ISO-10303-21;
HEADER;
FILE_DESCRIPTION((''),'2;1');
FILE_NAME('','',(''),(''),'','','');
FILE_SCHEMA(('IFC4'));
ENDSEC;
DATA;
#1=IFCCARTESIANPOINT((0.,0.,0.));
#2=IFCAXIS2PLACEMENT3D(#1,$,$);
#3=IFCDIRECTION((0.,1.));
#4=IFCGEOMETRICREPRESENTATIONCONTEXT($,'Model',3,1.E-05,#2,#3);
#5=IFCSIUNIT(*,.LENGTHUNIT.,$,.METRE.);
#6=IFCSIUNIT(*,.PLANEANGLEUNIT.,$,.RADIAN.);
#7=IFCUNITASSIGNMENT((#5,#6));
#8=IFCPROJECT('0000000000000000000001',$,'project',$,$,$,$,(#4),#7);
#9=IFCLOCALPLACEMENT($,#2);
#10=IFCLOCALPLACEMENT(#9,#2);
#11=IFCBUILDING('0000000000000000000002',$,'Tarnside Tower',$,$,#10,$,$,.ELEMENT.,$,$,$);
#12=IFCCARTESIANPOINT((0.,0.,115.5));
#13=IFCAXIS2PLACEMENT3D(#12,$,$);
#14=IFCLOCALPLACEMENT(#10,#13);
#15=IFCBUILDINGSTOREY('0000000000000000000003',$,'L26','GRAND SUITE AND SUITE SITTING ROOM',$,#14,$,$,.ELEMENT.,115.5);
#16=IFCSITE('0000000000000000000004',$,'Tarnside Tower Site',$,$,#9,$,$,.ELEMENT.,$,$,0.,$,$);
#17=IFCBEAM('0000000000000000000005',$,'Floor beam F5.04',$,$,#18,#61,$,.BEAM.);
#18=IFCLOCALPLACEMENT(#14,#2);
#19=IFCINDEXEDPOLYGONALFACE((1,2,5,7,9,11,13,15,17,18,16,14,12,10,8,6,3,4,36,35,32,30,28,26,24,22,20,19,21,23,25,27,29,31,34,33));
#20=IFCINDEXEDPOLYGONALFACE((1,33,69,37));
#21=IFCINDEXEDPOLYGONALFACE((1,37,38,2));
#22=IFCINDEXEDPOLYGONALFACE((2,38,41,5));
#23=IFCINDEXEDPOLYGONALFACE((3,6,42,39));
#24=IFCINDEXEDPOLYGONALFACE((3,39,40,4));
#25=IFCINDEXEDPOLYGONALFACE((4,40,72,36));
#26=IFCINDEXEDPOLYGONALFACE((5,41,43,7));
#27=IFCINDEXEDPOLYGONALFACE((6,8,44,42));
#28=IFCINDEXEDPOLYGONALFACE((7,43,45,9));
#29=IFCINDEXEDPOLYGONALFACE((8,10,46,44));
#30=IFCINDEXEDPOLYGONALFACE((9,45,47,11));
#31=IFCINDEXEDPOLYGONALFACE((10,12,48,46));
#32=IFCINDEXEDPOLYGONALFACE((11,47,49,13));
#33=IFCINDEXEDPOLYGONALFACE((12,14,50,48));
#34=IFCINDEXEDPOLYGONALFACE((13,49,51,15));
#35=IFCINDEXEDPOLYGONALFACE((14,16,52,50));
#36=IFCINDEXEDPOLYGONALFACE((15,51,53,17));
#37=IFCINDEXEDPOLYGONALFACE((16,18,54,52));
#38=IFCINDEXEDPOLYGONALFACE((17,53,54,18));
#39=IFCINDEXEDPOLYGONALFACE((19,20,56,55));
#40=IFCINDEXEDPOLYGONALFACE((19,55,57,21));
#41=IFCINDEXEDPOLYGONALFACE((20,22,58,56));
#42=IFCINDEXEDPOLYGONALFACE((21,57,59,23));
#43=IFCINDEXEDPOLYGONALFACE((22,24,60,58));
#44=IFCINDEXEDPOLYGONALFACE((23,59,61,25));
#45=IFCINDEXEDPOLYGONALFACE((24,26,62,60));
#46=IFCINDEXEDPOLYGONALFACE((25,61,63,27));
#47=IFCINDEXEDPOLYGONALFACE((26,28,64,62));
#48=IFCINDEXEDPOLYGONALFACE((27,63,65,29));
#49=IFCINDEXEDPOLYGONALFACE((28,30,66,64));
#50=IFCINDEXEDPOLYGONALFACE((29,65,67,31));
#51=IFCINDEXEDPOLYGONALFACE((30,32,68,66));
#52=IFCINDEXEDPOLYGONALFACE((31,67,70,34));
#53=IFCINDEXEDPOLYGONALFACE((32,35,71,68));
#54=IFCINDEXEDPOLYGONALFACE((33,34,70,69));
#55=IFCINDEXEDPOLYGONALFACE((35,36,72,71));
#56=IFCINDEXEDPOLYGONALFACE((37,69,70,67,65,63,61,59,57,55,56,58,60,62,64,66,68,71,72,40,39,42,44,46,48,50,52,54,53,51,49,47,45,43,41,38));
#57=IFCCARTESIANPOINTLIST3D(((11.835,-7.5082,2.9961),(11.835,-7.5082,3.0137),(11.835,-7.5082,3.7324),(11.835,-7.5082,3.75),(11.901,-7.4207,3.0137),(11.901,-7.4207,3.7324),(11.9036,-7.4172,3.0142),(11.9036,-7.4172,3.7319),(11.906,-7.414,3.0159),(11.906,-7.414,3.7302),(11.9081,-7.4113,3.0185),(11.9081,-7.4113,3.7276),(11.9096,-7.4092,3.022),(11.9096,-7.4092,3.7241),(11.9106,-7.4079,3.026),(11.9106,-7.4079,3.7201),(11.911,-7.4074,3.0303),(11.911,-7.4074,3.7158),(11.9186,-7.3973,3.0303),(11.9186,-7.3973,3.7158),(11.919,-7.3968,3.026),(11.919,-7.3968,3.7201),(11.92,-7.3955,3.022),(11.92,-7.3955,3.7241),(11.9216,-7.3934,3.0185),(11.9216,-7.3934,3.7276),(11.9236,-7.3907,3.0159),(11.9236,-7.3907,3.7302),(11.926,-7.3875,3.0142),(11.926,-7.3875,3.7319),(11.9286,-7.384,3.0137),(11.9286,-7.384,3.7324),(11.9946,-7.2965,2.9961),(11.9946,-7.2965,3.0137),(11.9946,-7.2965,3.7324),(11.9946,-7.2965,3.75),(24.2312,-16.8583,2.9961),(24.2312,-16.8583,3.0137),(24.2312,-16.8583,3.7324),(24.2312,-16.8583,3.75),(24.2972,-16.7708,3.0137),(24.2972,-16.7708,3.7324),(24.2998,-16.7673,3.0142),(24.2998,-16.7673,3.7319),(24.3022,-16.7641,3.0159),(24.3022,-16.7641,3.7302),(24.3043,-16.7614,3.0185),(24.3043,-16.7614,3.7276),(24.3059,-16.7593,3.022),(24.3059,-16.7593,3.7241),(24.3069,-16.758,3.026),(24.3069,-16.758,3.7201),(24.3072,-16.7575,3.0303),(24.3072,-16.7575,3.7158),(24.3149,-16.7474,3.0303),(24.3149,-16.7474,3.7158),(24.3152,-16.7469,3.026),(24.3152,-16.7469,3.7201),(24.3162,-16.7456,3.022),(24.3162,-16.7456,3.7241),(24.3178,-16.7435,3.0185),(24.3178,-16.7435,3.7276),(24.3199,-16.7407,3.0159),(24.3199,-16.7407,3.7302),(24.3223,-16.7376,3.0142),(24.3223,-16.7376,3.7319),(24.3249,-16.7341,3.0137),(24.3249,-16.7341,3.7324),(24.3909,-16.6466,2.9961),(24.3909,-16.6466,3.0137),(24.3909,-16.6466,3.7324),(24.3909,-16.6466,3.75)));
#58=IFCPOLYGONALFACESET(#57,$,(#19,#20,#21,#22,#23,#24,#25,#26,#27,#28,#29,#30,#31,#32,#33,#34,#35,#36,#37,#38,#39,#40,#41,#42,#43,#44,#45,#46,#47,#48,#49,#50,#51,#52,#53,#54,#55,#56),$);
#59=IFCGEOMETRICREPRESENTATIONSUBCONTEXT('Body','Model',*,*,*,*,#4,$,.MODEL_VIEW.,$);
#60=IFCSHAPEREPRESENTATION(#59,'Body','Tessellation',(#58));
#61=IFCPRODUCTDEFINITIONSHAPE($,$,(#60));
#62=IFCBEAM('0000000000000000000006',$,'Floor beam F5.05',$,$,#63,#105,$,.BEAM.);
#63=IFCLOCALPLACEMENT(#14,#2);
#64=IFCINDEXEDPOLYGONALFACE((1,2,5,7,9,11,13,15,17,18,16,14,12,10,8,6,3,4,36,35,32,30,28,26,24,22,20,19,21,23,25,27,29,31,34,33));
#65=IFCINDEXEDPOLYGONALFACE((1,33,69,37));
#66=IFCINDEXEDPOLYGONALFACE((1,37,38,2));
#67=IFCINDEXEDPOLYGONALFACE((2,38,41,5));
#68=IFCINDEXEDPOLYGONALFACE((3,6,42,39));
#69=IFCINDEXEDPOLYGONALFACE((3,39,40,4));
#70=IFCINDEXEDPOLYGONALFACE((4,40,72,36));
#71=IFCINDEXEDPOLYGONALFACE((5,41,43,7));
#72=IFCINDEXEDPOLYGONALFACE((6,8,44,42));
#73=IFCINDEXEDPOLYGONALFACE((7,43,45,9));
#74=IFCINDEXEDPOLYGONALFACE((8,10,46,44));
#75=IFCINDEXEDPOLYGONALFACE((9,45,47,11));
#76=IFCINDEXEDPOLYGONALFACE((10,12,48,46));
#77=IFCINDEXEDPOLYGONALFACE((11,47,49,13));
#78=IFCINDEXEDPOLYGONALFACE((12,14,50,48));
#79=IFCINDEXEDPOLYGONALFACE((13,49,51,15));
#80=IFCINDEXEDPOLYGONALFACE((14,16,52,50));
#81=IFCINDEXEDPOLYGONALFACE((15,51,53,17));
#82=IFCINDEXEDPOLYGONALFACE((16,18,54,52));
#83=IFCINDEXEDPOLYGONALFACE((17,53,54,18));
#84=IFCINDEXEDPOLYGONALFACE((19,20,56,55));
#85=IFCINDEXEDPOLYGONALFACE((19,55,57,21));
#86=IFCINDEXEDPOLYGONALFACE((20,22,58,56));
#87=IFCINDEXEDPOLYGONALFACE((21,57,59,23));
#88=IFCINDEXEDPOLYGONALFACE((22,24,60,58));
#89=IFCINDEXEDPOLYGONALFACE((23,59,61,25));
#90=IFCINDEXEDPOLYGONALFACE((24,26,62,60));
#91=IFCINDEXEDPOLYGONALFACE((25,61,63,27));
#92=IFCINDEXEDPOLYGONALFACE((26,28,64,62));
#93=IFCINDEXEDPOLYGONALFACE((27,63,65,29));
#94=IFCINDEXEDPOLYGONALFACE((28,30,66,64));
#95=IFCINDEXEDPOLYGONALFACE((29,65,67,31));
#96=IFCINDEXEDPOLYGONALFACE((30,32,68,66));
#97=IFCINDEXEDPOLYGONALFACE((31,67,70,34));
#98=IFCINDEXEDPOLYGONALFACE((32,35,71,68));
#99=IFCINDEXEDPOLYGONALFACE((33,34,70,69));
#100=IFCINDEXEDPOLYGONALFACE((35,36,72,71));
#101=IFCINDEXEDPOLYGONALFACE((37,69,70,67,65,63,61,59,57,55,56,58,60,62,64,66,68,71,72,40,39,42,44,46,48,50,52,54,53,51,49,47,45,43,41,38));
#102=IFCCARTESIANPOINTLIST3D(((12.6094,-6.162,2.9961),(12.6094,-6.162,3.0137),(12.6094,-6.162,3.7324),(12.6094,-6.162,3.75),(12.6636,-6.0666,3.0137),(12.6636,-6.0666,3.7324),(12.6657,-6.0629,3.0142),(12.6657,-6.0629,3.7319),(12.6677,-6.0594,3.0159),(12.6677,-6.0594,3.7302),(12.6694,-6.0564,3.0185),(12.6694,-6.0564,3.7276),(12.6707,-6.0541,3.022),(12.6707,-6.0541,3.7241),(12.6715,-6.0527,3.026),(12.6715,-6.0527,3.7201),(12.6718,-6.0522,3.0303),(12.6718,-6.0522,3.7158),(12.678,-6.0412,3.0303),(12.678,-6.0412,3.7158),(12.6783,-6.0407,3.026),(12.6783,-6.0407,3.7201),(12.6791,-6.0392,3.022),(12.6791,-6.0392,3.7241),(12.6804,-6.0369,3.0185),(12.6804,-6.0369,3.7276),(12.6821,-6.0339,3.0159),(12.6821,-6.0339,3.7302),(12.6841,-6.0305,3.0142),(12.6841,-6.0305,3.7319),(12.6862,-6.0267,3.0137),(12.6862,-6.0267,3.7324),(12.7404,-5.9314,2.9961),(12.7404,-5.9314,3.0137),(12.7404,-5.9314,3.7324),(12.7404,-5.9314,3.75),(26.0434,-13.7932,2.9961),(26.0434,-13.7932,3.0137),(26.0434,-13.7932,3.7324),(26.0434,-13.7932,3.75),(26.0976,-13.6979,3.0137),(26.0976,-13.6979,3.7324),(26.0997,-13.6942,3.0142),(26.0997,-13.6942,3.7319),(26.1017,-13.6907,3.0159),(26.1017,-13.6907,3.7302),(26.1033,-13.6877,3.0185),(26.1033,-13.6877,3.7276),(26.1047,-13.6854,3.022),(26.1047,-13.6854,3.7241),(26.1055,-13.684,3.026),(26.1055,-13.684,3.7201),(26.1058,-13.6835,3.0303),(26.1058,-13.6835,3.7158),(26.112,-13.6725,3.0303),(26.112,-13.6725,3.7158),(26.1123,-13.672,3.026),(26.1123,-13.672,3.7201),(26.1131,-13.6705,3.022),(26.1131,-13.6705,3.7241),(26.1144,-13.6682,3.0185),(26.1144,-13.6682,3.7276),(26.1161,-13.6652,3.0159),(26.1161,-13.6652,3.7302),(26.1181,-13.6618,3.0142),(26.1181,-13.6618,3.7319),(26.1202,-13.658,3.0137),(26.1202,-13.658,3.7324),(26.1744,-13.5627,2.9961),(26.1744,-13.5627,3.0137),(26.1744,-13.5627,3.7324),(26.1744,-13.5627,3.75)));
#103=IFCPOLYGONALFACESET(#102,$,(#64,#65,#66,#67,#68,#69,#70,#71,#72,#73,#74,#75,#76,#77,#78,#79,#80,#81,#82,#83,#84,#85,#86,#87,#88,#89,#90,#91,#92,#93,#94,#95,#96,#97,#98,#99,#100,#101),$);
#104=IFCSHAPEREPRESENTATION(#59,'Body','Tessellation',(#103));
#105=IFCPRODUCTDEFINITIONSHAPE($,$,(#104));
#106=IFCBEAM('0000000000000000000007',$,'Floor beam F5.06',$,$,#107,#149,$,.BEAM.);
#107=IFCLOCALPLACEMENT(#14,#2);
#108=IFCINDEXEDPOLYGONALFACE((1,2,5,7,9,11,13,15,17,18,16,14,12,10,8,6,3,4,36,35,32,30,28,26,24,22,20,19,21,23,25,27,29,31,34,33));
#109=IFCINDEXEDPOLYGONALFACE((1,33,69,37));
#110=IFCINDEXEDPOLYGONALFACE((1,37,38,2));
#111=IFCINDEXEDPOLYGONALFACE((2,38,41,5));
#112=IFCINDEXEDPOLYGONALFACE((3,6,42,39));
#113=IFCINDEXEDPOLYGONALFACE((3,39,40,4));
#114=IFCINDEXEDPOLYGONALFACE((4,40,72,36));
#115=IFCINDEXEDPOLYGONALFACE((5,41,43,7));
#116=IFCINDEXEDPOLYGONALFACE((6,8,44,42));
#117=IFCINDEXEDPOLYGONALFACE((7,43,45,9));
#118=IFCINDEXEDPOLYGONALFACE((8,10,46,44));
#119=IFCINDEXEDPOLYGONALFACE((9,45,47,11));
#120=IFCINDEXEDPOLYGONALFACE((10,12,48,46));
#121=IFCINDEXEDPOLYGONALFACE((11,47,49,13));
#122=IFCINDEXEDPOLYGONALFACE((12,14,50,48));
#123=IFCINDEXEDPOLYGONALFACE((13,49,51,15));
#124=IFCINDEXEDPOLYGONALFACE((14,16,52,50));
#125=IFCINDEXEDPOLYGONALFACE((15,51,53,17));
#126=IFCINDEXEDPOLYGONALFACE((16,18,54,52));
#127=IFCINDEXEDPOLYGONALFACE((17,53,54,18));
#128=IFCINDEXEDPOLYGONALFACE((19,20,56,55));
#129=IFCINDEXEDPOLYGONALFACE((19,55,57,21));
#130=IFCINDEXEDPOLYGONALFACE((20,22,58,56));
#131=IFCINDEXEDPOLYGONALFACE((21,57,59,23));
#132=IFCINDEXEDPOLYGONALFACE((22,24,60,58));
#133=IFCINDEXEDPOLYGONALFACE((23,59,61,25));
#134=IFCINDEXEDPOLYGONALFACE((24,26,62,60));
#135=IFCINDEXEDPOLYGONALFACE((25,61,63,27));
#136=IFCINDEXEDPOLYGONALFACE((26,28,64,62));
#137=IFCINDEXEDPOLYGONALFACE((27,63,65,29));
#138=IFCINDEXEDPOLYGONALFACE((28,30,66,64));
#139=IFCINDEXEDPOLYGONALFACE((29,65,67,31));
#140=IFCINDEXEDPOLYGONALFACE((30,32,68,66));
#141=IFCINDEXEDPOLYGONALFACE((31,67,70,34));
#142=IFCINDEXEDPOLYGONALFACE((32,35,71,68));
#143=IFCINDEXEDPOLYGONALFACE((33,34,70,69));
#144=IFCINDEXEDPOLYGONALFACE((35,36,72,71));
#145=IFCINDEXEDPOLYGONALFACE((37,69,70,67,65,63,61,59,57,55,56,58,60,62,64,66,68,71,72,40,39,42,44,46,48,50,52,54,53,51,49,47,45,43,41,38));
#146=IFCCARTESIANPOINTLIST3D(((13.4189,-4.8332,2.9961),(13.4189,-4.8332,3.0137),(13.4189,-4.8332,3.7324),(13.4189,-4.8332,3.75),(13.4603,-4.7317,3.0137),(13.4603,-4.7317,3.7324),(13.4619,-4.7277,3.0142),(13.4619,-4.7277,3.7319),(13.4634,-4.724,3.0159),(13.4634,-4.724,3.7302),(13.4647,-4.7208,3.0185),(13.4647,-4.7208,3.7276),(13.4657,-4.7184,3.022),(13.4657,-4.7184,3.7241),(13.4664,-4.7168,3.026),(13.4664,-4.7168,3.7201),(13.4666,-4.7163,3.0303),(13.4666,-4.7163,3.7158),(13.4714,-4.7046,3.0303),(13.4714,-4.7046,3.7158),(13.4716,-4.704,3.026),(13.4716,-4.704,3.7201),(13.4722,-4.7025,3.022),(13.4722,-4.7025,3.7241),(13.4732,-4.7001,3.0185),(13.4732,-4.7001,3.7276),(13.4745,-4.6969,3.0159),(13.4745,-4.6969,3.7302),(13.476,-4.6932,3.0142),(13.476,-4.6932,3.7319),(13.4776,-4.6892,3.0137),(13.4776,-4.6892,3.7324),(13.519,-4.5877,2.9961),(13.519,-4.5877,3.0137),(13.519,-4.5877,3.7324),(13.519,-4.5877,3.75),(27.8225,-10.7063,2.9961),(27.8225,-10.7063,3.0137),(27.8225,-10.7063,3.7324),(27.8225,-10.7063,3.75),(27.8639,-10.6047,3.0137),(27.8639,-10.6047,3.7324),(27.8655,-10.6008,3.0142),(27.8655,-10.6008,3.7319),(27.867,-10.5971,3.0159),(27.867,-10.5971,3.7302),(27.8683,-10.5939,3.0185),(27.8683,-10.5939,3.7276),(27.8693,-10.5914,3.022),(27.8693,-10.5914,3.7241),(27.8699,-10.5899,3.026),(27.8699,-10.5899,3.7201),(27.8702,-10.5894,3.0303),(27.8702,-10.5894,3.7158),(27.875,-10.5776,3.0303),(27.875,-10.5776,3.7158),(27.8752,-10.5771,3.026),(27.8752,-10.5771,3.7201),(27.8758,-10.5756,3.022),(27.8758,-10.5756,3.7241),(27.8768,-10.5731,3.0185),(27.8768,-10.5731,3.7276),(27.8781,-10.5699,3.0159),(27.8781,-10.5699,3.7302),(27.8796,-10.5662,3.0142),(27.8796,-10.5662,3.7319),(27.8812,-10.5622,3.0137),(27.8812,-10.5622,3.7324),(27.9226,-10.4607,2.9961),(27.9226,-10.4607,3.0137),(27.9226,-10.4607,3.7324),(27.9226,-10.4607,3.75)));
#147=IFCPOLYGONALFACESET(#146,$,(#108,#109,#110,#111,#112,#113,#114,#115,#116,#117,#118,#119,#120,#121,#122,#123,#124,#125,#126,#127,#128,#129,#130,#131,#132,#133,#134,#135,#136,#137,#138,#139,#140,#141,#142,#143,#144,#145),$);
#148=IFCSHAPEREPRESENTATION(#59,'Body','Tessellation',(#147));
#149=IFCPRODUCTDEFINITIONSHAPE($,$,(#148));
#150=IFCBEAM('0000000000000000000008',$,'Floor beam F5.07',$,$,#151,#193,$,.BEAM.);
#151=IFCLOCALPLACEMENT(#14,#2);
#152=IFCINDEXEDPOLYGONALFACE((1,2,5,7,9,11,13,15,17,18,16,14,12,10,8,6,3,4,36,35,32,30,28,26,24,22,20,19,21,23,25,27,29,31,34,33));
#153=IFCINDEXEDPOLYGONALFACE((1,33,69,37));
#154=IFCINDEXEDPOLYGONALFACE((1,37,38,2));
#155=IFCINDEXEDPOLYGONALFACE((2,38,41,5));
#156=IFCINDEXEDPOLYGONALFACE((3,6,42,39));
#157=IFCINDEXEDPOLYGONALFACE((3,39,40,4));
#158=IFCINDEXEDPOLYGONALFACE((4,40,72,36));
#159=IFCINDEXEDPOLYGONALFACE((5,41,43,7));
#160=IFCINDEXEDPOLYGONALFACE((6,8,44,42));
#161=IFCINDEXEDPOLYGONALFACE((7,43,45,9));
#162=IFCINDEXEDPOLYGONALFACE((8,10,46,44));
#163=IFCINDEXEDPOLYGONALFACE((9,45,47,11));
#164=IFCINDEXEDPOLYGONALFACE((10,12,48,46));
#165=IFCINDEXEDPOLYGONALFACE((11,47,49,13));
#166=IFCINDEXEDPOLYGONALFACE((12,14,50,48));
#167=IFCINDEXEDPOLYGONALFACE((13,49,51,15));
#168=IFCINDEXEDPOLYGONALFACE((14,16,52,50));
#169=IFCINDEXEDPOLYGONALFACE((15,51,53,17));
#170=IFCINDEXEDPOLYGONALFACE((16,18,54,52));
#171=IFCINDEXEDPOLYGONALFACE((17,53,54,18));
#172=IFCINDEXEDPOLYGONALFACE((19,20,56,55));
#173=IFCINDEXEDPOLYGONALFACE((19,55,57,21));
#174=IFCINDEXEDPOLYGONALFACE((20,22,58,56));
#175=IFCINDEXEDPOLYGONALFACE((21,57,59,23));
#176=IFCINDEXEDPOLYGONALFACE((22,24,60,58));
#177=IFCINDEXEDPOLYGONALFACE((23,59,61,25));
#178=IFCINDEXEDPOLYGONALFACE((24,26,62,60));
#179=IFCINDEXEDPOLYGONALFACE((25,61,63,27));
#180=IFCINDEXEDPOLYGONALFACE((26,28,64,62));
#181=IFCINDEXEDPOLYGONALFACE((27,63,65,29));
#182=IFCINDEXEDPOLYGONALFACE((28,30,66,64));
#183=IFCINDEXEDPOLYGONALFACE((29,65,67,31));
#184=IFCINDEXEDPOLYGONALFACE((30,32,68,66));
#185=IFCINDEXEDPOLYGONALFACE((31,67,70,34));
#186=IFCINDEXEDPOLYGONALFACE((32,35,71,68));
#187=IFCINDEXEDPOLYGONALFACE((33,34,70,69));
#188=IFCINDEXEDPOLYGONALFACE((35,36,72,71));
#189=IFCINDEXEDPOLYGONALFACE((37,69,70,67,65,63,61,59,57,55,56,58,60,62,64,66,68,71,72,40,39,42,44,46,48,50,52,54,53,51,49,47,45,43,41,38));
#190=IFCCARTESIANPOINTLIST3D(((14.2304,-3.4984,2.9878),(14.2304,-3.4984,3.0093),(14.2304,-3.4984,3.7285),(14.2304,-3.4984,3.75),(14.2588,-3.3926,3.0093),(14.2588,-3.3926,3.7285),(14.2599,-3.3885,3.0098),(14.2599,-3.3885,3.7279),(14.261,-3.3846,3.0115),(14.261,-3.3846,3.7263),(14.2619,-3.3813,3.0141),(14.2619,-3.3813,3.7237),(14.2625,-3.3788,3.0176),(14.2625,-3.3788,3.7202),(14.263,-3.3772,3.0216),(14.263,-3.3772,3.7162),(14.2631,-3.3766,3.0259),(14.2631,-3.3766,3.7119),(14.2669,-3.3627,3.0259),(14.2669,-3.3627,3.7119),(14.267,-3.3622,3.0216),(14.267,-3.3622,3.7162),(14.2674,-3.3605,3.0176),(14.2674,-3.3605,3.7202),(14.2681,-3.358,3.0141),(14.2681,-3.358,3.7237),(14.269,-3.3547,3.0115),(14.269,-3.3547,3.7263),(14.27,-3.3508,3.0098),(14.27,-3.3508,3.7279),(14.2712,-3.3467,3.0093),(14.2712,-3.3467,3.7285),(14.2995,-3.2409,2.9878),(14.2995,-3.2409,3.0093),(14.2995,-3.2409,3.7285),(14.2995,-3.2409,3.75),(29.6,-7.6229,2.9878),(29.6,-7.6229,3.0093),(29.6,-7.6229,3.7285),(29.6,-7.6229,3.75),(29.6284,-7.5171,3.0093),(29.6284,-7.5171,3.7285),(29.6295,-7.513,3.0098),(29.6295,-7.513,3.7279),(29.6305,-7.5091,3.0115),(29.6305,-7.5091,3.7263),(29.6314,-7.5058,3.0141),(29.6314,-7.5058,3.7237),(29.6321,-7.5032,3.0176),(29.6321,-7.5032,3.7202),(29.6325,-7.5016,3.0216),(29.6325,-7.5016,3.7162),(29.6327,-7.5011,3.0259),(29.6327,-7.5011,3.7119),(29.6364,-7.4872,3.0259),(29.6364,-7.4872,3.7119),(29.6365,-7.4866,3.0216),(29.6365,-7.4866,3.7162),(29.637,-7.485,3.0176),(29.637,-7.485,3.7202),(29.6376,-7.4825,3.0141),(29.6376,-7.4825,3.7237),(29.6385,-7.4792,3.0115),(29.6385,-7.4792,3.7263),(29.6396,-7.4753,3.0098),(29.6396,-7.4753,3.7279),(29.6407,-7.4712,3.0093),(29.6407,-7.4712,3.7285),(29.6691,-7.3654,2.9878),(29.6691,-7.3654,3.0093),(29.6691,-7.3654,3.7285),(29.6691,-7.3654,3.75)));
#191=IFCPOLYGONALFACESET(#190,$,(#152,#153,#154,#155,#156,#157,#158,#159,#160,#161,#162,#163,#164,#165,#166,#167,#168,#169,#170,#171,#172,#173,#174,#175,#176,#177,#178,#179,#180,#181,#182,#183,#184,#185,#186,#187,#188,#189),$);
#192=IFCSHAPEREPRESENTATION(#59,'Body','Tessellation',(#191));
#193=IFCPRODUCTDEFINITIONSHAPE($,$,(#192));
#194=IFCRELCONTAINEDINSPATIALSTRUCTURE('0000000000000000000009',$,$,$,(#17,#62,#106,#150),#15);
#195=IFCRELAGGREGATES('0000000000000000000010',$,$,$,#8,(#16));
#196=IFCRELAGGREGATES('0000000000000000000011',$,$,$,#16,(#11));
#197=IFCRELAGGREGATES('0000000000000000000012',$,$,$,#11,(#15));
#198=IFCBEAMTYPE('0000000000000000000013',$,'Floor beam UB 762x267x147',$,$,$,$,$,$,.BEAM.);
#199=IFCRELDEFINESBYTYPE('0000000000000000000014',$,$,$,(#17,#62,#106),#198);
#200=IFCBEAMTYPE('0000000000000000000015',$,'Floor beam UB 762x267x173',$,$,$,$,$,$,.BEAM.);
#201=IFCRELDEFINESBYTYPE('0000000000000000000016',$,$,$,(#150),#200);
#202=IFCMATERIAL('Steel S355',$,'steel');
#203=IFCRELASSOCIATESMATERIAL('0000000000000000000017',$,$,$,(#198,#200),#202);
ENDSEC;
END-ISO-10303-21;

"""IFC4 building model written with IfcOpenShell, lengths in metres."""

from ifc_helpers import new_model, si_unit, direction, frame, origin, origin_2d, place, context, subcontext, project, spatial, i_section, extrude, material, material_profile, profile_set, type_object, element, save


model = new_model("IFC4")

# Units and contexts
model_context = context("Model", 3, precision=1e-05, world=origin(), true_north=direction((0.0, 1.0)))
body_context = subcontext(model_context, "Body", "Model", "MODEL_VIEW")
ifc_project = project(units=[si_unit("LENGTHUNIT", "METRE"), si_unit("PLANEANGLEUNIT", "RADIAN")], contexts=[model_context])

# Site, building, storey
site_placement = place(None, origin())
site = spatial("IfcSite", under=ifc_project, at=site_placement, Name="Tarnside Tower Site", CompositionType="ELEMENT", RefElevation=0.0)
building_placement = place(site_placement, origin())
building = spatial("IfcBuilding", under=site, at=building_placement, Name="Tarnside Tower", CompositionType="ELEMENT")
storey_placement = place(building_placement, frame((0.0, 0.0, 115.5)))
storey = spatial("IfcBuildingStorey", under=building, at=storey_placement, Name="L26", Description="GRAND SUITE AND SUITE SITTING ROOM", CompositionType="ELEMENT", Elevation=115.5)

# Beams
ifc_material_1 = material(Name="Steel S355", Category="steel")
ifc_material_profile_1 = material_profile(ifc_material_1, i_section(OverallWidth=0.2651, OverallDepth=0.7539, WebThickness=0.0127, FlangeThickness=0.0176, FilletRadius=0.0166, at=origin_2d()), Name="UB 762x267x147")
ifc_profile_set_1 = profile_set([ifc_material_profile_1], Name="Steel S355")
beam_type_1 = type_object("IfcBeamType", Name="Floor beam UB 762x267x147", PredefinedType="BEAM", material=ifc_profile_set_1)
beam_1_placement = place(storey_placement, frame((24.311, -16.7524, 3.373), z_axis=(-0.798361, 0.602179, 0.0), x_axis=(-0.602179, -0.798361, 0.0)))
element("IfcBeam", 1, at=beam_1_placement, inside=storey, type_object=beam_type_1, Name="Floor beam F5.04", PredefinedType="BEAM", context=body_context, shape_type="SweptSolid", body=[
    extrude(i_section(OverallWidth=0.2651, OverallDepth=0.7539, WebThickness=0.0127, FlangeThickness=0.0176, FilletRadius=0.0166, at=origin_2d()), origin(), (0.0, 0.0, 1.0), 15.5271),
])
beam_2_placement = place(storey_placement, frame((26.1089, -13.678, 3.373), z_axis=(-0.869503, 0.493929, 0.0), x_axis=(-0.493929, -0.869503, 0.0)))
element("IfcBeam", 2, at=beam_2_placement, inside=storey, type_object=beam_type_1, Name="Floor beam F5.05", PredefinedType="BEAM", context=body_context, shape_type="SweptSolid", body=[
    extrude(i_section(OverallWidth=0.2651, OverallDepth=0.7539, WebThickness=0.0127, FlangeThickness=0.0176, FilletRadius=0.0166, at=origin_2d()), origin(), (0.0, 0.0, 1.0), 15.4502),
])
beam_3_placement = place(storey_placement, frame((27.8726, -10.5835, 3.373), z_axis=(-0.925982, 0.377569, 0.0), x_axis=(-0.377569, -0.925982, 0.0)))
element("IfcBeam", 3, at=beam_3_placement, inside=storey, type_object=beam_type_1, Name="Floor beam F5.06", PredefinedType="BEAM", context=body_context, shape_type="SweptSolid", body=[
    extrude(i_section(OverallWidth=0.2651, OverallDepth=0.7539, WebThickness=0.0127, FlangeThickness=0.0176, FilletRadius=0.0166, at=origin_2d()), origin(), (0.0, 0.0, 1.0), 15.5549),
])
ifc_material_profile_2 = material_profile(ifc_material_1, i_section(OverallWidth=0.2666, OverallDepth=0.7622, WebThickness=0.0144, FlangeThickness=0.0215, FilletRadius=0.0166, at=origin_2d()), Name="UB 762x267x173")
ifc_profile_set_2 = profile_set([ifc_material_profile_2], Name="Steel S355")
beam_type_2 = type_object("IfcBeamType", Name="Floor beam UB 762x267x173", PredefinedType="BEAM", material=ifc_profile_set_2)
beam_4_placement = place(storey_placement, frame((29.6345, -7.4941, 3.3689), z_axis=(-0.965828, 0.259184, 0.0), x_axis=(-0.259184, -0.965828, 0.0)))
element("IfcBeam", 4, at=beam_4_placement, inside=storey, type_object=beam_type_2, Name="Floor beam F5.07", PredefinedType="BEAM", context=body_context, shape_type="SweptSolid", body=[
    extrude(i_section(OverallWidth=0.2666, OverallDepth=0.7622, WebThickness=0.0144, FlangeThickness=0.0215, FilletRadius=0.0166, at=origin_2d()), origin(), (0.0, 0.0, 1.0), 15.9133),
])

save(model, "model.ifc")
